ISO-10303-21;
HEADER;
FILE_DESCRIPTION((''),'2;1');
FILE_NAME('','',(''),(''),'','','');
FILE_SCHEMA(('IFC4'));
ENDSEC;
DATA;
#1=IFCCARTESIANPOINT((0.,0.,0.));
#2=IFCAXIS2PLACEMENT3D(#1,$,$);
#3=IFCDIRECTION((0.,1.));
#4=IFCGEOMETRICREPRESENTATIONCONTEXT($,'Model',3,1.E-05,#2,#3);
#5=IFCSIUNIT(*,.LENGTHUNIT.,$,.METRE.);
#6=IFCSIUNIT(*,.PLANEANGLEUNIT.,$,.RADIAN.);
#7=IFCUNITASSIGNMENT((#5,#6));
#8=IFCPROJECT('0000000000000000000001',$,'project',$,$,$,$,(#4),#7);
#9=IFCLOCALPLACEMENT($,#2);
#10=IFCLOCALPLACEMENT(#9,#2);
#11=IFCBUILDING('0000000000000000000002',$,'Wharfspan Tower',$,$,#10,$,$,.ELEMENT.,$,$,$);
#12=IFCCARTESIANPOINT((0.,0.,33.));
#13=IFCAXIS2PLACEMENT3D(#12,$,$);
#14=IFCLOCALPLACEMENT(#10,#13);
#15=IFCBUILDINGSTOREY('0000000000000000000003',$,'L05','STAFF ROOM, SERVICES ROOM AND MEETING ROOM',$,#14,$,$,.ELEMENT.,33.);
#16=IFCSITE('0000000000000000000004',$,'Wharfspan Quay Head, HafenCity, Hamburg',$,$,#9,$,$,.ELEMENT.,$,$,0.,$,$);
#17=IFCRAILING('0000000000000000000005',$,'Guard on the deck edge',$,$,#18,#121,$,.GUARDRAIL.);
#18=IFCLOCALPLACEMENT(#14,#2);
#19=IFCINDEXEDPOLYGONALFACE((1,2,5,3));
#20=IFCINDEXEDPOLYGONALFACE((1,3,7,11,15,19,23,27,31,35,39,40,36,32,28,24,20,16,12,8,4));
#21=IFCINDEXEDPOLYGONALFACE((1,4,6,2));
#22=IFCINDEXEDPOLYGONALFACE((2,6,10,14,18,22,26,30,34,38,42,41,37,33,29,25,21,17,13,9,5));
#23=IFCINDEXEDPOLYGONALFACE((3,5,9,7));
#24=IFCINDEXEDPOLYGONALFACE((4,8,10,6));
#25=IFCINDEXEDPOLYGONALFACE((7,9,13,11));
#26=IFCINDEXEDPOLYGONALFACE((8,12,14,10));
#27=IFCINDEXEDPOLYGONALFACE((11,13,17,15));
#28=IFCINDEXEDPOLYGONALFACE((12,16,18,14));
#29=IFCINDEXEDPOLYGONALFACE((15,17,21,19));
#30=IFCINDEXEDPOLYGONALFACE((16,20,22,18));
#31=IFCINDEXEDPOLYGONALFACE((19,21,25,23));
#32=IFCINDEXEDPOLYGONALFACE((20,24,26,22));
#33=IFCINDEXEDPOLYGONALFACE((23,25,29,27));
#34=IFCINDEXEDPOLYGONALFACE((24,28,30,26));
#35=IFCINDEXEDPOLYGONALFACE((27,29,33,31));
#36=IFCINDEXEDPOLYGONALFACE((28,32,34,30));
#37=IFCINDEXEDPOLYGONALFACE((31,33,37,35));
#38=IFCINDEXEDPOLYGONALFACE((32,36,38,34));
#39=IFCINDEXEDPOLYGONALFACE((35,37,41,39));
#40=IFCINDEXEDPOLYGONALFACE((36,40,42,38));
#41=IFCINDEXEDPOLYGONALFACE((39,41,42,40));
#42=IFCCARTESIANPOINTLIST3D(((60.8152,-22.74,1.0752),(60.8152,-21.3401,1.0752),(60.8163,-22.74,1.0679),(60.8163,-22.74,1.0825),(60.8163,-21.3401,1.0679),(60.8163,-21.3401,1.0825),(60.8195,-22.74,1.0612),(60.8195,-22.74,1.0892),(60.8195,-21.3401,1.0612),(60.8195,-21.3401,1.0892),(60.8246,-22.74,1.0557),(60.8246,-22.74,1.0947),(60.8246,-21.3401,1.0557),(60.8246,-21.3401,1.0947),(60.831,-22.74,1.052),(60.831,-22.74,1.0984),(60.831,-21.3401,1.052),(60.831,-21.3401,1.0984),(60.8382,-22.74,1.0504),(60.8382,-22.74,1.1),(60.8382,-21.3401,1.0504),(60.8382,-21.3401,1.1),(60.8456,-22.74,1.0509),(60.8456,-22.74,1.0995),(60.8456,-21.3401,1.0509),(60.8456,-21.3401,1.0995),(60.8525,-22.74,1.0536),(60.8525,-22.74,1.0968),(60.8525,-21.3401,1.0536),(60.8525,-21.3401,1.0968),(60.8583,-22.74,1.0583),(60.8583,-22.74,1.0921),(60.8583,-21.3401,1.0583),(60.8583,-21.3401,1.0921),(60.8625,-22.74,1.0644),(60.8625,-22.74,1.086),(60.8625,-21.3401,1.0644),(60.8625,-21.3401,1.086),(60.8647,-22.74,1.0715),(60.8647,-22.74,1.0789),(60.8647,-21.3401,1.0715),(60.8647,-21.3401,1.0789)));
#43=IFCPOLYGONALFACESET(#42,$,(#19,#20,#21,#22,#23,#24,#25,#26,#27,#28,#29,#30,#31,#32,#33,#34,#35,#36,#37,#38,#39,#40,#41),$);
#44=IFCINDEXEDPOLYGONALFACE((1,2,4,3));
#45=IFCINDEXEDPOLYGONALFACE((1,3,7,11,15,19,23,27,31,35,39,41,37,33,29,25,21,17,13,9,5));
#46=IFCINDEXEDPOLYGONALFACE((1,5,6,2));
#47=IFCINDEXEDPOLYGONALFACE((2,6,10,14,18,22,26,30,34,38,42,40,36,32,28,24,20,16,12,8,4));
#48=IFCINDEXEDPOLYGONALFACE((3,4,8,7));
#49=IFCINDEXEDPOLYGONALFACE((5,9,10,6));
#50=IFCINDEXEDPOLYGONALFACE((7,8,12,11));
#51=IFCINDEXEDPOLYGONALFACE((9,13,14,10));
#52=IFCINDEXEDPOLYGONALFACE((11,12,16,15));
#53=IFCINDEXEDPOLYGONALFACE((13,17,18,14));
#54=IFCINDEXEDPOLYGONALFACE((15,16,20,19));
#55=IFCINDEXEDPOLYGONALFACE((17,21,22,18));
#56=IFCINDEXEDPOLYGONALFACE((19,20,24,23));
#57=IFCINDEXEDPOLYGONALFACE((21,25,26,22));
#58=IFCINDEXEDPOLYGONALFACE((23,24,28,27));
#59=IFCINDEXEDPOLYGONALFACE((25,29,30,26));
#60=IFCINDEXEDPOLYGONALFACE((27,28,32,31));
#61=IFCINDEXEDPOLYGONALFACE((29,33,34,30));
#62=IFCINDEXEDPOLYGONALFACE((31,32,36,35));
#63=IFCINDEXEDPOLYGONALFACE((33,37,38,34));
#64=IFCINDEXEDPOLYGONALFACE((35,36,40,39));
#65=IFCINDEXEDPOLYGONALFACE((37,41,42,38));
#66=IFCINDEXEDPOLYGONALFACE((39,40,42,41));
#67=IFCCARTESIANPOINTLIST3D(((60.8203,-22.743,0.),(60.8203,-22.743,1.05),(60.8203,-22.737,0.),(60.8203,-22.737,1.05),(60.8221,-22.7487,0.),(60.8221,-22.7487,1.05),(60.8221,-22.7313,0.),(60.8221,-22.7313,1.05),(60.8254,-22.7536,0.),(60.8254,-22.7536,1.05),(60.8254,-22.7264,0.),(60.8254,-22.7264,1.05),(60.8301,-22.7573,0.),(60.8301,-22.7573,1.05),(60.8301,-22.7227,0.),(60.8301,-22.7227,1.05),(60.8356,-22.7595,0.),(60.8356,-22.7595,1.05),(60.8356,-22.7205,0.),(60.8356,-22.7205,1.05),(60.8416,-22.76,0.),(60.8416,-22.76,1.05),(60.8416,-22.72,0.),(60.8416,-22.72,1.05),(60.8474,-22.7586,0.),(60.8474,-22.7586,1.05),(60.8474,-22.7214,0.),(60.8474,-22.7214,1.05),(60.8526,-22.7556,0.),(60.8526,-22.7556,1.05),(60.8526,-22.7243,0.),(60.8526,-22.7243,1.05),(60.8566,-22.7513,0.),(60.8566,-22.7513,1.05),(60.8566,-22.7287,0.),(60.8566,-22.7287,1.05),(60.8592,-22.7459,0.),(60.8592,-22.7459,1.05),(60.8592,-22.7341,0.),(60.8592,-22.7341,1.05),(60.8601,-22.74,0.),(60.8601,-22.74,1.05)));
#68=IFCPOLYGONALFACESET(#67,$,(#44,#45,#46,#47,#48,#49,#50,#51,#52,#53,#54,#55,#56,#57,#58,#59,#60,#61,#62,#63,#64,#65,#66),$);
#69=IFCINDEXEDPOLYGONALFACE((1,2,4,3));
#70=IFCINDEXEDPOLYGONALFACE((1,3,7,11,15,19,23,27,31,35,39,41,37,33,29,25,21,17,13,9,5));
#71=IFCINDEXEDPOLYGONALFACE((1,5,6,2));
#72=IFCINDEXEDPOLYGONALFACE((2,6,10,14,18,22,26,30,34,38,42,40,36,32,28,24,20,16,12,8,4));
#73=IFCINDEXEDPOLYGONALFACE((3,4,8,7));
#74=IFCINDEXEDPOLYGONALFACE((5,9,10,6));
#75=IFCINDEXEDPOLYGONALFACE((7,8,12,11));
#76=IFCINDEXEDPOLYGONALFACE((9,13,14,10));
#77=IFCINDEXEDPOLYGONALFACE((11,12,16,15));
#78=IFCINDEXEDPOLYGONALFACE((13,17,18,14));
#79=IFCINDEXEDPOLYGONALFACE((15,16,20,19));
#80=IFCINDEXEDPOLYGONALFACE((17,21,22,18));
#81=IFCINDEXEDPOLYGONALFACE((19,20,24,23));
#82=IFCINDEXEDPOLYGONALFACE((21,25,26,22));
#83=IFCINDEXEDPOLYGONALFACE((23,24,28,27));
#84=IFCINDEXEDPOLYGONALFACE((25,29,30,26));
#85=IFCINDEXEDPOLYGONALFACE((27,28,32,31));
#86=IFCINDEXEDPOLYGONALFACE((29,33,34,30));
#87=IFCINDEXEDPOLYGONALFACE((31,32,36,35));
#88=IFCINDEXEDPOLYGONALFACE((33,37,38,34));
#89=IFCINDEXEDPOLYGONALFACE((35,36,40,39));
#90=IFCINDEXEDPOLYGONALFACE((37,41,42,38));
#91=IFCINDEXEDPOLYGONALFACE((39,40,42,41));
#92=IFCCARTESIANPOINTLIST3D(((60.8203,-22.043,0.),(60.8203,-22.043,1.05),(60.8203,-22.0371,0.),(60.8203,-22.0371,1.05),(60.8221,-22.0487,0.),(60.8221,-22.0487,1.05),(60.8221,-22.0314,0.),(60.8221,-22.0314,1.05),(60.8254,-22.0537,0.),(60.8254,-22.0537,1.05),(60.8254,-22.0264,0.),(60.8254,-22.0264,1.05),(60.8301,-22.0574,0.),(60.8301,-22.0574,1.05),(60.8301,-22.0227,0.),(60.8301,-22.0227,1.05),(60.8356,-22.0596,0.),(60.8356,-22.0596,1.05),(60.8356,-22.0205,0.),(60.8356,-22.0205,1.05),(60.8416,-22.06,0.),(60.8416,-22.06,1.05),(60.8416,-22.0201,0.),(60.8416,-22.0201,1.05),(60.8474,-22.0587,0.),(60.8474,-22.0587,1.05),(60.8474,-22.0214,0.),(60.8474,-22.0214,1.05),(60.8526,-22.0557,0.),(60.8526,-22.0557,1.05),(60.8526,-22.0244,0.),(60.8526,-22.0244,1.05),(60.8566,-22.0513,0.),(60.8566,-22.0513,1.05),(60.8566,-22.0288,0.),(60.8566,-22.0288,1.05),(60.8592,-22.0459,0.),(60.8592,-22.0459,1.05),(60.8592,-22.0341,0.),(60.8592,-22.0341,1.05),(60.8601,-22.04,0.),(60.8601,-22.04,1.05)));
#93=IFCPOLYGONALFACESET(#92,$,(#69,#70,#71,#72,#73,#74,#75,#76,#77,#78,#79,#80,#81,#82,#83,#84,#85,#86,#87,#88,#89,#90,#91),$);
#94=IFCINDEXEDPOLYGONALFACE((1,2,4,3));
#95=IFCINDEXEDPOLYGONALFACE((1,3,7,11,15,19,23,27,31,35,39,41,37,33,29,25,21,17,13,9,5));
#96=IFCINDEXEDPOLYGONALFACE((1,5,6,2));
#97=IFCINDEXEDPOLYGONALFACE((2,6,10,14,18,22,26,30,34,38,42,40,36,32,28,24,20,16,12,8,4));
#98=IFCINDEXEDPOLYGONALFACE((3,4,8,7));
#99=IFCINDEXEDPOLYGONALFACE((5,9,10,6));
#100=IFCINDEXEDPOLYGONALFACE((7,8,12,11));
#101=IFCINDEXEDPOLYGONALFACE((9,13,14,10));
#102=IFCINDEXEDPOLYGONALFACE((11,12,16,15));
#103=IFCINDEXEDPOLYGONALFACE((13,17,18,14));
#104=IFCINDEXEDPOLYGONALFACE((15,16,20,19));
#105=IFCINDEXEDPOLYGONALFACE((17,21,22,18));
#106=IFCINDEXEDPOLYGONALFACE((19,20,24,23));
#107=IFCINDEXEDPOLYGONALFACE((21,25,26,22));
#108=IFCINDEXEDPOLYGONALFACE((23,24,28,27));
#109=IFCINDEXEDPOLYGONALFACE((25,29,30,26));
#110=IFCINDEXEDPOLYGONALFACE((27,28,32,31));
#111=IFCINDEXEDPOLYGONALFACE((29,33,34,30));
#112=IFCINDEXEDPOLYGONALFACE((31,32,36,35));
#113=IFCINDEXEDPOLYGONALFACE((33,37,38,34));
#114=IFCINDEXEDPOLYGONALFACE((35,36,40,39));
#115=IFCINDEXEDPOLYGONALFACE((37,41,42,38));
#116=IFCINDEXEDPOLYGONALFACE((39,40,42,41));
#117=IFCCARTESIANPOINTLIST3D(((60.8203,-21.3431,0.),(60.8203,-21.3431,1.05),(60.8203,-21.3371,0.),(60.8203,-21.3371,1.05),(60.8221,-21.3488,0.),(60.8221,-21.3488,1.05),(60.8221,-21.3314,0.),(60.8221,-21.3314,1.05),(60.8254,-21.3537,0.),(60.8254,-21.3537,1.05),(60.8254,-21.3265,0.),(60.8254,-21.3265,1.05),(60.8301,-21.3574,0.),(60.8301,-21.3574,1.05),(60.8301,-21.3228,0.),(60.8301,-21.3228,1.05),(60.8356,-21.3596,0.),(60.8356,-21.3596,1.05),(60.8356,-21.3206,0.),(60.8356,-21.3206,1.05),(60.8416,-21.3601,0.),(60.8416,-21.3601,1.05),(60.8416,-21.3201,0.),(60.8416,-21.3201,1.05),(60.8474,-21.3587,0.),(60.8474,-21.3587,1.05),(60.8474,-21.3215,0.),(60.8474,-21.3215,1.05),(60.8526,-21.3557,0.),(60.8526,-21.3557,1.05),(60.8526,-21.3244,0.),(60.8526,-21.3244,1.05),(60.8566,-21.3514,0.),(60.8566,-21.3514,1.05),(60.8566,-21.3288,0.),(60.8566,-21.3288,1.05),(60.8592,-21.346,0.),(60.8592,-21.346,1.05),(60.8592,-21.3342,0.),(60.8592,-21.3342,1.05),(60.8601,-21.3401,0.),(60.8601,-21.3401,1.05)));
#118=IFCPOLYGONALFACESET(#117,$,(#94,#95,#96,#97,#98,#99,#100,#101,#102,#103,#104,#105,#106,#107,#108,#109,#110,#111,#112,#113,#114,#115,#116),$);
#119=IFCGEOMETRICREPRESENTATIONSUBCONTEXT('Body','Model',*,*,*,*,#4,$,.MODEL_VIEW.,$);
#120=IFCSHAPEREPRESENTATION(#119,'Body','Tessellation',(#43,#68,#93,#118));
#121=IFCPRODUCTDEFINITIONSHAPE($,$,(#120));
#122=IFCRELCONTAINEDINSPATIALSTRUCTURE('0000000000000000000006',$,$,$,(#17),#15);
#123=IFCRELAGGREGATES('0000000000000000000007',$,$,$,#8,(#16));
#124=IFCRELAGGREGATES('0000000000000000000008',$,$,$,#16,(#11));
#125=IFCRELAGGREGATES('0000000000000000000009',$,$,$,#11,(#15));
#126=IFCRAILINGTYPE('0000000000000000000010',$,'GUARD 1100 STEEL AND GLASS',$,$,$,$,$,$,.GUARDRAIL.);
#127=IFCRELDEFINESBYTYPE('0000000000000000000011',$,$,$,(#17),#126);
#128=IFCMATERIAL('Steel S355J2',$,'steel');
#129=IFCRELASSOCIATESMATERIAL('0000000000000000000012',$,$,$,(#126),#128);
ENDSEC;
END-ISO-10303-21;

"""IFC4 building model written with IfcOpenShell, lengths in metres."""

from ifc_helpers import new_model, si_unit, direction, frame, origin, origin_2d, place, context, subcontext, project, spatial, circle, extrude, material, type_object, element, save


model = new_model("IFC4")

# Units and contexts
model_context = context("Model", 3, precision=1e-05, world=origin(), true_north=direction((0.0, 1.0)))
body_context = subcontext(model_context, "Body", "Model", "MODEL_VIEW")
ifc_project = project(units=[si_unit("LENGTHUNIT", "METRE"), si_unit("PLANEANGLEUNIT", "RADIAN")], contexts=[model_context])

# Site, building, storey
site_placement = place(None, origin())
site = spatial("IfcSite", under=ifc_project, at=site_placement, Name="Wharfspan Quay Head, HafenCity, Hamburg", CompositionType="ELEMENT", RefElevation=0.0)
building_placement = place(site_placement, origin())
building = spatial("IfcBuilding", under=site, at=building_placement, Name="Wharfspan Tower", CompositionType="ELEMENT")
storey_placement = place(building_placement, frame((0.0, 0.0, 33.0)))
storey = spatial("IfcBuildingStorey", under=building, at=storey_placement, Name="L05", Description="STAFF ROOM, SERVICES ROOM AND MEETING ROOM", CompositionType="ELEMENT", Elevation=33.0)

# Railing
ifc_material_1 = material(Name="Steel S355J2", Category="steel")
railing_type = type_object("IfcRailingType", Name="GUARD 1100 STEEL AND GLASS", PredefinedType="GUARDRAIL", material=ifc_material_1)
railing_1_placement = place(storey_placement, frame((60.8401, -22.74, 0.0)))
element("IfcRailing", 1, at=railing_1_placement, inside=storey, type_object=railing_type, Name="Guard on the deck edge", PredefinedType="GUARDRAIL", context=body_context, shape_type="SweptSolid", body=[
    extrude(circle(Radius=0.0249, at=origin_2d()), frame((0.0, 0.0, 1.0752), z_axis=(0.0, 1.0, 0.0), x_axis=(-1.0, 0.0, 0.0)), (0.0, 0.0, 1.0), 1.3999),
    extrude(circle(Radius=0.02, at=origin_2d()), origin(), (0.0, 0.0, 1.0), 1.05),
    extrude(circle(Radius=0.02, at=origin_2d()), frame((0.0, 0.7, 0.0)), (0.0, 0.0, 1.0), 1.05),
    extrude(circle(Radius=0.02, at=origin_2d()), frame((0.0, 1.3999, 0.0)), (0.0, 0.0, 1.0), 1.05),
])

save(model, "model.ifc")
